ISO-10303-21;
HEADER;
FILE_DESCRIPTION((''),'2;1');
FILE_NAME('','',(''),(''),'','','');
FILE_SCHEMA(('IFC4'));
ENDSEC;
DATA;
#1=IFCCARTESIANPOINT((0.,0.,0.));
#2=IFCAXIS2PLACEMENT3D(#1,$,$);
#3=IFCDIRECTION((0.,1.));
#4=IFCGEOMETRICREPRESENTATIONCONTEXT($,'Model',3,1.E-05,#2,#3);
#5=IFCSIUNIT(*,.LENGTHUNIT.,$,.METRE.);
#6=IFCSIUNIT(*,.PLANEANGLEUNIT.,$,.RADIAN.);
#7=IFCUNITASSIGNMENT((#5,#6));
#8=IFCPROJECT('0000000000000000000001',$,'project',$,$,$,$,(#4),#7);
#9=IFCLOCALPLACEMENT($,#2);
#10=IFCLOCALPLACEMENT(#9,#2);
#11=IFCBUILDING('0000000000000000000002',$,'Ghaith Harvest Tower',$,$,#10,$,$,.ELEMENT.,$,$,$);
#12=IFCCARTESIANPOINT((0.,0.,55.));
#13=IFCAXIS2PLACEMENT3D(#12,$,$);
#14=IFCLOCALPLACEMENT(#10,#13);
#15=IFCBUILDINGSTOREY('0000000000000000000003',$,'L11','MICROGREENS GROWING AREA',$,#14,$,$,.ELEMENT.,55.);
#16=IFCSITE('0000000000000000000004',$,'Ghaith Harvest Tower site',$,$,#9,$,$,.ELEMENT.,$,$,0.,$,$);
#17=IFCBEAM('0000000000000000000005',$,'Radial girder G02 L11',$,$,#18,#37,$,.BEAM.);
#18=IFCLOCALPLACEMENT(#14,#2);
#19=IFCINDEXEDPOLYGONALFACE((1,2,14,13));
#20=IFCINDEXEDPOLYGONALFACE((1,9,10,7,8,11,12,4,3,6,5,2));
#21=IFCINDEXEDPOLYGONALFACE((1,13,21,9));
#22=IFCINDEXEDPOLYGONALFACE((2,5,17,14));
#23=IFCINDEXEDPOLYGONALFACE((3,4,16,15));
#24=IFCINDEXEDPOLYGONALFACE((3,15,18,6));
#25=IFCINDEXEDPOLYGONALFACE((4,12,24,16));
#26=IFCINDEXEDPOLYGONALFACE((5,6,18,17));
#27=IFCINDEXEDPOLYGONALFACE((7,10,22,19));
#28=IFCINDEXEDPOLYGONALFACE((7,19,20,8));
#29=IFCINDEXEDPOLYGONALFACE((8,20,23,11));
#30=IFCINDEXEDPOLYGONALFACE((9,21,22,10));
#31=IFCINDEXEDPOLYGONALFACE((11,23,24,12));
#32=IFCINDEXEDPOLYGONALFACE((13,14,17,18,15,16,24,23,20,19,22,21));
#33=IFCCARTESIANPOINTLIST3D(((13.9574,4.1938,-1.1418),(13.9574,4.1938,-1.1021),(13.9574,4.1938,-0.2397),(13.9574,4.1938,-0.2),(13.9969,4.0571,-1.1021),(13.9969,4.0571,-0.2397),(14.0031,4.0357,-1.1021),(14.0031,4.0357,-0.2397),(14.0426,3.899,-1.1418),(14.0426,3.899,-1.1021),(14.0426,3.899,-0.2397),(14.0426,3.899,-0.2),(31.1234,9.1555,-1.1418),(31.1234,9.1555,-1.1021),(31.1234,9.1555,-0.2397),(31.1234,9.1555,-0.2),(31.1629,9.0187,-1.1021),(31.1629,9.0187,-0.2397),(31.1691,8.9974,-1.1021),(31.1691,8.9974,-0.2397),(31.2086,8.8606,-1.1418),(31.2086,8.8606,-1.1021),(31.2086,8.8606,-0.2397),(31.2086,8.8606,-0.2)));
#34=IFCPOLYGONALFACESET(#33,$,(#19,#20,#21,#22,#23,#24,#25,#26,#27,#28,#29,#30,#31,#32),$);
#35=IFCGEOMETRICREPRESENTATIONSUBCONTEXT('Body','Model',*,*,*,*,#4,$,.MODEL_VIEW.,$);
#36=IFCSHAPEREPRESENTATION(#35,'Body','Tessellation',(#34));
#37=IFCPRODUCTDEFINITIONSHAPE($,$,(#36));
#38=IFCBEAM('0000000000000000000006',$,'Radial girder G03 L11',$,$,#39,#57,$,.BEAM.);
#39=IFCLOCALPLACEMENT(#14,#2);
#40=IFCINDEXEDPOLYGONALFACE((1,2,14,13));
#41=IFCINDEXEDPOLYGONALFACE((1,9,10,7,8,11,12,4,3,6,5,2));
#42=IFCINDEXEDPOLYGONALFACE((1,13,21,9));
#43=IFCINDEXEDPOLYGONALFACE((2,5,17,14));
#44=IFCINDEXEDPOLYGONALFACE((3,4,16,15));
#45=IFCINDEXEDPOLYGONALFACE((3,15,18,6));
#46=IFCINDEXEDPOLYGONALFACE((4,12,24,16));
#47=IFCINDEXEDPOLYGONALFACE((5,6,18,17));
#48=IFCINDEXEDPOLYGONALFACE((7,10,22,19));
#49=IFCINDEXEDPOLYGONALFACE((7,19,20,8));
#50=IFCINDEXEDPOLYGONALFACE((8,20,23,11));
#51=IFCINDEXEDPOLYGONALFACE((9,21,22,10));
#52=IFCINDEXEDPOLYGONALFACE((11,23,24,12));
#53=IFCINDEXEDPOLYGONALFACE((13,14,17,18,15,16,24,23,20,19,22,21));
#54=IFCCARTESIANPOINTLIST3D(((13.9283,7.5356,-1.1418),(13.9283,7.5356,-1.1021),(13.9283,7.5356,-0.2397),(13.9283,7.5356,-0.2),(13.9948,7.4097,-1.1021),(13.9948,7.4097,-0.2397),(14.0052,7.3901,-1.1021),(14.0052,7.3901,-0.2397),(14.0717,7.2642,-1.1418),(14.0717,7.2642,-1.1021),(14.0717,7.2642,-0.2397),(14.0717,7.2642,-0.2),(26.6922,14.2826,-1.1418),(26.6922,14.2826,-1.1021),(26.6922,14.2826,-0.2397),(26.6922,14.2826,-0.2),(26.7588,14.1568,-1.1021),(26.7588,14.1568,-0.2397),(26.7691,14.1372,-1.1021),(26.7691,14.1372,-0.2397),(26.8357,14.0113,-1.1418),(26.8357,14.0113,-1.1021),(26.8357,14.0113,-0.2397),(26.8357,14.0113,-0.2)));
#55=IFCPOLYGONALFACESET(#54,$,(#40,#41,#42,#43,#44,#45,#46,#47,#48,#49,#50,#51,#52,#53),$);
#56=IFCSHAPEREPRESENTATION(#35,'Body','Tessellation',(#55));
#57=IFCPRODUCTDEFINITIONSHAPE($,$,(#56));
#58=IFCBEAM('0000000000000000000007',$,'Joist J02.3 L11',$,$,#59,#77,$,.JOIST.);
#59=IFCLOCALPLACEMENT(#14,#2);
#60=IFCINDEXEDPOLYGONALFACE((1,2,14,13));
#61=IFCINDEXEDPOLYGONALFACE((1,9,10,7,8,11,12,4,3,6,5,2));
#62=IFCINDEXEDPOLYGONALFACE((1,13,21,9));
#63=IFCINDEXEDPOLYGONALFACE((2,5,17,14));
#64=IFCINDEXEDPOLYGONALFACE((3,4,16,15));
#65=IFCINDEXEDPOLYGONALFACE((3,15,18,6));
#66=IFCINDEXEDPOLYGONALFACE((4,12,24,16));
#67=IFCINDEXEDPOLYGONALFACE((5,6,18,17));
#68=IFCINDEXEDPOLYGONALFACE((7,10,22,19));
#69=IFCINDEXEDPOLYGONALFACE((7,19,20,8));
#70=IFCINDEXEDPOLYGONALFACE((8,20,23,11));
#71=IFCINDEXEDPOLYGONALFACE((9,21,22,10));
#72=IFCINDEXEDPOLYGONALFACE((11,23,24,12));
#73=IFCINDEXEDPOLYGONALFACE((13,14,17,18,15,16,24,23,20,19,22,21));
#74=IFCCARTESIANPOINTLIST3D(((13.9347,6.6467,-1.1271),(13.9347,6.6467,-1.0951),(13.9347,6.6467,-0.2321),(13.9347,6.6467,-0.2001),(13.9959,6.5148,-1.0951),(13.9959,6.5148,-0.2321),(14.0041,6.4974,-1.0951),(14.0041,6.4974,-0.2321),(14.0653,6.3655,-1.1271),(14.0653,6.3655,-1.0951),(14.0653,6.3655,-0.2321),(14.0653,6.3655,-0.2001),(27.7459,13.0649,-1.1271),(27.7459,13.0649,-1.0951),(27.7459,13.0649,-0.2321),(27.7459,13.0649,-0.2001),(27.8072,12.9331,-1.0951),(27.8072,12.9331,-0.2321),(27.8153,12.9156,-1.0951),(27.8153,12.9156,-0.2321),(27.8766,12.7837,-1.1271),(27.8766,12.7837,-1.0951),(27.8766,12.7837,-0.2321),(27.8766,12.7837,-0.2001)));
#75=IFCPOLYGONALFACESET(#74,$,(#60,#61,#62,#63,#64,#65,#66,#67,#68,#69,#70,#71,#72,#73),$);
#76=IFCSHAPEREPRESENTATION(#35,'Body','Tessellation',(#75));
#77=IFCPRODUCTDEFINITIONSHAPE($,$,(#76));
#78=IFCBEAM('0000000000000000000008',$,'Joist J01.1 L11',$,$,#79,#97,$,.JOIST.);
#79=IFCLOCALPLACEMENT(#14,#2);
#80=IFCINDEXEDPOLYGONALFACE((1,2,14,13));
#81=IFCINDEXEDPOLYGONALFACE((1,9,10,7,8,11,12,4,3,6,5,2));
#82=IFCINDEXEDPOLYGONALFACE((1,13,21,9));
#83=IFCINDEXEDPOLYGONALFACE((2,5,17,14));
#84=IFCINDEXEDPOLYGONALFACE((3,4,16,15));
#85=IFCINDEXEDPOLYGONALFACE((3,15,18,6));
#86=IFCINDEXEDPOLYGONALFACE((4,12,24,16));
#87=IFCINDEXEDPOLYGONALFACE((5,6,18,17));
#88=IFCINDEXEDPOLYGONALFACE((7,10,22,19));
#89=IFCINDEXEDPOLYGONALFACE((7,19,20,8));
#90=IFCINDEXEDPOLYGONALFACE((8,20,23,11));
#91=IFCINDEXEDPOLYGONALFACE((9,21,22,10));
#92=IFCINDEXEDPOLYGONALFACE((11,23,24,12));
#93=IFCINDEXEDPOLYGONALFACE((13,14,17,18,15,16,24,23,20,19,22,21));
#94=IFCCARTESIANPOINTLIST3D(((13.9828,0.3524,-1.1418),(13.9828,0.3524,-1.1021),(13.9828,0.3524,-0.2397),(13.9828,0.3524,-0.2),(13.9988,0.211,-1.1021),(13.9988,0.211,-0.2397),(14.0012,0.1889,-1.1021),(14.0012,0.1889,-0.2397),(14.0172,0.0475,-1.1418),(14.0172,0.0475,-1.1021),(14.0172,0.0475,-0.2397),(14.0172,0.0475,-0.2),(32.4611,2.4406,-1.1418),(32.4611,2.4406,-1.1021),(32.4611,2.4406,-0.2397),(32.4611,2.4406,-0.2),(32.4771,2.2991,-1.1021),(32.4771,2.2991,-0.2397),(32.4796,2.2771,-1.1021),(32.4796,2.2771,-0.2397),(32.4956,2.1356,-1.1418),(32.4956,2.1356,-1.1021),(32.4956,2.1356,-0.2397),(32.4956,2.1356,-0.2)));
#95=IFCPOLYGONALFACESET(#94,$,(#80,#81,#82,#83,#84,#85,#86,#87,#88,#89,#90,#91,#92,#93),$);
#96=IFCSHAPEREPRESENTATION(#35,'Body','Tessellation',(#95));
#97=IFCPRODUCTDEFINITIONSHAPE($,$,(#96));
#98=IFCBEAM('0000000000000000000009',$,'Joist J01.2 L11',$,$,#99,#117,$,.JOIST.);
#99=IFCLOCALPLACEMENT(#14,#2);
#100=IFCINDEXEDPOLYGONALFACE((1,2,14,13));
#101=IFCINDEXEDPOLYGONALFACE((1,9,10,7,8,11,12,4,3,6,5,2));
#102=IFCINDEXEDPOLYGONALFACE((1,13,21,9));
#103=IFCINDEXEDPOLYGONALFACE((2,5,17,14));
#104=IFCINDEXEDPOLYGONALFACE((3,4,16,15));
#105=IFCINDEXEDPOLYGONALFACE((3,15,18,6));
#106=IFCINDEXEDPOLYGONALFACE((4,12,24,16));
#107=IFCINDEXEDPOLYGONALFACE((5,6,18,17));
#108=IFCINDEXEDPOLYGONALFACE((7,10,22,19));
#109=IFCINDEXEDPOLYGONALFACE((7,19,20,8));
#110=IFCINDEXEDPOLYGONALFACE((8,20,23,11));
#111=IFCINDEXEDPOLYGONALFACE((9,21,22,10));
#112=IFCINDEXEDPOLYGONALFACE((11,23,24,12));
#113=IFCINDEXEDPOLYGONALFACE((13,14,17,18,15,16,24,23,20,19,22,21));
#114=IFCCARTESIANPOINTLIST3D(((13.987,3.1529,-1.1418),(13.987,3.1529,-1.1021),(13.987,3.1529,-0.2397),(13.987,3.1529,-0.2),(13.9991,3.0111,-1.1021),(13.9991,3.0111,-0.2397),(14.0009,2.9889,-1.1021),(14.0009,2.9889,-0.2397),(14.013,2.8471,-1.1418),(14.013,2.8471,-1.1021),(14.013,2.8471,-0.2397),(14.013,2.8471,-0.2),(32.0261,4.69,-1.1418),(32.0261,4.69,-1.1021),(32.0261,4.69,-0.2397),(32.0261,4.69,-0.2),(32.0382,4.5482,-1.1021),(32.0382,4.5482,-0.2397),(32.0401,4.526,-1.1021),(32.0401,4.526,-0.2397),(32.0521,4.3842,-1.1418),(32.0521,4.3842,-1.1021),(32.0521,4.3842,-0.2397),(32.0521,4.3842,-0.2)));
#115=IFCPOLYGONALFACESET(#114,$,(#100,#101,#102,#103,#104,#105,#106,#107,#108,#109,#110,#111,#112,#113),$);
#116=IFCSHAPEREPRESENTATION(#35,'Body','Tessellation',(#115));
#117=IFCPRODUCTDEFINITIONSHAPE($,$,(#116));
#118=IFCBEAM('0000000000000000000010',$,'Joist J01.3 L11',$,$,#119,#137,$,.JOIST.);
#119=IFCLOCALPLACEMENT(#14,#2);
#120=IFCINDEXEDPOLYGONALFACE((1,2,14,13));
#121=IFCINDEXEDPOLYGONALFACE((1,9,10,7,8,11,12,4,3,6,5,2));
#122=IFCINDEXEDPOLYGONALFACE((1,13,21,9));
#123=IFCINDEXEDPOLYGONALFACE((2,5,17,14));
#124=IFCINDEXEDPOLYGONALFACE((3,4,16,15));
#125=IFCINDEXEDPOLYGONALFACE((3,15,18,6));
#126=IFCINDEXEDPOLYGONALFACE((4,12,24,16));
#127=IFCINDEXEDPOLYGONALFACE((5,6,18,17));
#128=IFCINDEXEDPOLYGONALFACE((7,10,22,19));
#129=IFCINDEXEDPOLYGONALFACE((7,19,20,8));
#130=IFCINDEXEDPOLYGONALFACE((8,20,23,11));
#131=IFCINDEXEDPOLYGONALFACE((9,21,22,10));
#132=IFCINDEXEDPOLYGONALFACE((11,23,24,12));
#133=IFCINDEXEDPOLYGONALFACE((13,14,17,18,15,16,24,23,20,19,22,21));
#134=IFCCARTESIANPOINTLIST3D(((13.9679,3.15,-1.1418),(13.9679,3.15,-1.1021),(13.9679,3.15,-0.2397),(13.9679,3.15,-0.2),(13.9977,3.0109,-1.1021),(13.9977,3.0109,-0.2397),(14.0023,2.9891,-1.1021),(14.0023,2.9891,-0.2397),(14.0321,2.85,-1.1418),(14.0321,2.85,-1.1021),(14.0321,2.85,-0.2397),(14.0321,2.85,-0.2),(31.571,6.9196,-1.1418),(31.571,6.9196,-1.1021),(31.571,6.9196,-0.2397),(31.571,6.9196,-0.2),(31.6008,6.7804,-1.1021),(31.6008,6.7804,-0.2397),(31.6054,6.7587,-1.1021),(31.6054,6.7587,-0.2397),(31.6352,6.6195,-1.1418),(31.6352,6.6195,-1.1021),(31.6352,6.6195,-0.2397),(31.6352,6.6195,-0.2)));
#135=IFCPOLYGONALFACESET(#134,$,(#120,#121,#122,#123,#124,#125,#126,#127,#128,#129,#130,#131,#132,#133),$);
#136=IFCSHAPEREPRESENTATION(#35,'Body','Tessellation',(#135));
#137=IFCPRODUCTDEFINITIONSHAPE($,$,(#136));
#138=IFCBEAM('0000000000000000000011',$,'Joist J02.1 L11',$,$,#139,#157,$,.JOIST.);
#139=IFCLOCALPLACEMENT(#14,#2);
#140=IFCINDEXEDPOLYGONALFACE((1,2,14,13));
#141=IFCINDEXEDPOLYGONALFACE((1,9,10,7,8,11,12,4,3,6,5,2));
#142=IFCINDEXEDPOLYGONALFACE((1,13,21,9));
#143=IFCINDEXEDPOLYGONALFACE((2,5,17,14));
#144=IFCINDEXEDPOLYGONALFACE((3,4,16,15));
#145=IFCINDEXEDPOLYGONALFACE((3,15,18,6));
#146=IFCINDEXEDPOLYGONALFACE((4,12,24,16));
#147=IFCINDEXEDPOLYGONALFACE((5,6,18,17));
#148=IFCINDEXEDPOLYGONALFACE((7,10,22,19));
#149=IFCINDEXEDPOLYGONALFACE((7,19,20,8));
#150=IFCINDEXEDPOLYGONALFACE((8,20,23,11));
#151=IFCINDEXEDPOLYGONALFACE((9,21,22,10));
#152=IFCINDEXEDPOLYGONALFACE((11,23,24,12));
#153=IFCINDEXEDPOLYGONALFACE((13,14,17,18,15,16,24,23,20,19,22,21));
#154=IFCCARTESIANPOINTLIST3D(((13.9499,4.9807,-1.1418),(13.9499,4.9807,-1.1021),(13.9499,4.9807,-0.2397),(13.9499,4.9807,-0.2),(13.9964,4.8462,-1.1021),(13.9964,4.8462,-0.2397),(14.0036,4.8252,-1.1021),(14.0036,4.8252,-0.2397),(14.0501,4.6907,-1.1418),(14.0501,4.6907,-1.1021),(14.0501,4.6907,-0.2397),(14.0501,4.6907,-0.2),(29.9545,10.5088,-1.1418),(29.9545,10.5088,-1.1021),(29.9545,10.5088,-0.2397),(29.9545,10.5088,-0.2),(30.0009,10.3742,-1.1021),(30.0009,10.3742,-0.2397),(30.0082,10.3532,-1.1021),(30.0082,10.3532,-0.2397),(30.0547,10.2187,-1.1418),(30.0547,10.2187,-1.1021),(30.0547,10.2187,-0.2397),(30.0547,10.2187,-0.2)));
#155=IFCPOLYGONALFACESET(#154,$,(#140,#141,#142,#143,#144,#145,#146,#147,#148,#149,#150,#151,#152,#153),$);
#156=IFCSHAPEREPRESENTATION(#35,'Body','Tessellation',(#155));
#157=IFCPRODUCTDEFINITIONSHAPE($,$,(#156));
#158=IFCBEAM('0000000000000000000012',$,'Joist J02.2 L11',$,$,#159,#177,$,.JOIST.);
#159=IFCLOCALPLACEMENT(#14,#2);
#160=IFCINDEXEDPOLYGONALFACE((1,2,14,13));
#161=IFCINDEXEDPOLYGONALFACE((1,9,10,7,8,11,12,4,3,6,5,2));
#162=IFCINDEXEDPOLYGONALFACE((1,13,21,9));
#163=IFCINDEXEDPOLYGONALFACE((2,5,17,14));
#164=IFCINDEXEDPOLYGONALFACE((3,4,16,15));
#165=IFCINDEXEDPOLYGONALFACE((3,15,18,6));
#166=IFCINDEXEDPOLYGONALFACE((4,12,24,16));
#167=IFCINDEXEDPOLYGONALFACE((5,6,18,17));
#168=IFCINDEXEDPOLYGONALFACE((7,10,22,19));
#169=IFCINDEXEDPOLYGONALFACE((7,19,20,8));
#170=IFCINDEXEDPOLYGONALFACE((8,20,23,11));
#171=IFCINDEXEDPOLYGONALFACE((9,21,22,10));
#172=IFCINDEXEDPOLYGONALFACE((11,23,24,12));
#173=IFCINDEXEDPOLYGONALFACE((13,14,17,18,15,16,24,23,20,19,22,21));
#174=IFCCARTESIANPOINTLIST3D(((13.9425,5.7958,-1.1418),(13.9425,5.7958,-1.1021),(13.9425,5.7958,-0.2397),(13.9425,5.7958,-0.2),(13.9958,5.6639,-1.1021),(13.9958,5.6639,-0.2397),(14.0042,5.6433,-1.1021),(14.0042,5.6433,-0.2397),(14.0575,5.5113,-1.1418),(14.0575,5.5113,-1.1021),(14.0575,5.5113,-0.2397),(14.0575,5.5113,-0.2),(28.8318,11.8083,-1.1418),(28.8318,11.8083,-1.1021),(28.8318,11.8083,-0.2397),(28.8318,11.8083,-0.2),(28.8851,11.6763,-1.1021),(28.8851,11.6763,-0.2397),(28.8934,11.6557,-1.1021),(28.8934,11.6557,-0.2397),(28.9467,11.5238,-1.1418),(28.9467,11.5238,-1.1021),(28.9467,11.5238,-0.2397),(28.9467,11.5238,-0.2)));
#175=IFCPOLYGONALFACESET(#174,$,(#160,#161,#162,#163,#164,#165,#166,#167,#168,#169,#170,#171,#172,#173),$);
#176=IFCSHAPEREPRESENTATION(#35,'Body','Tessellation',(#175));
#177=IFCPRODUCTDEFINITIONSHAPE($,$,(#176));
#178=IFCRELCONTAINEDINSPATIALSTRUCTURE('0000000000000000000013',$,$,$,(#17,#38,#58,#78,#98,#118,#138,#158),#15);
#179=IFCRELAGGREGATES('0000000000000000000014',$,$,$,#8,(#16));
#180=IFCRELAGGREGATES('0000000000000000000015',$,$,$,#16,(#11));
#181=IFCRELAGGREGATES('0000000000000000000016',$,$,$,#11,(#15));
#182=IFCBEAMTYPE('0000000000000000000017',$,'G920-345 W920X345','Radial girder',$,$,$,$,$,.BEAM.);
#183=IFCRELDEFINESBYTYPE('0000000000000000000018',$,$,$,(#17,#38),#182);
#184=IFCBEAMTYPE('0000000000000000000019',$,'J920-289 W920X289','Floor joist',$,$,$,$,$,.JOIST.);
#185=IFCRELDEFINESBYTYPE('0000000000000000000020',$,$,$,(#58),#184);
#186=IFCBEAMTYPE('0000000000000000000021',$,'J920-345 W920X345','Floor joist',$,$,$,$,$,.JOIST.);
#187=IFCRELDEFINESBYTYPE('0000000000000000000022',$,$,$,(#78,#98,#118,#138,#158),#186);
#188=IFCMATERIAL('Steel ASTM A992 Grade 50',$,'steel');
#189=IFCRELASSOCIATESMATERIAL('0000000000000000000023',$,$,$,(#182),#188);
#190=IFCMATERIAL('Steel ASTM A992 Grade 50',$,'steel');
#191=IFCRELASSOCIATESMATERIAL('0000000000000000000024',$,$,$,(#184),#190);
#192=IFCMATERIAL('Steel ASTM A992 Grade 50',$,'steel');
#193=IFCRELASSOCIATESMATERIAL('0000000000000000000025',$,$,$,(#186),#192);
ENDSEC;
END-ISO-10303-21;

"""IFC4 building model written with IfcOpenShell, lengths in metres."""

from ifc_helpers import new_model, si_unit, direction, frame, origin, origin_2d, place, context, subcontext, project, spatial, i_section, extrude, material, material_profile, profile_set, type_object, element, save


model = new_model("IFC4")

# Units and contexts
model_context = context("Model", 3, precision=1e-05, world=origin(), true_north=direction((0.0, 1.0)))
body_context = subcontext(model_context, "Body", "Model", "MODEL_VIEW")
ifc_project = project(units=[si_unit("LENGTHUNIT", "METRE"), si_unit("PLANEANGLEUNIT", "RADIAN")], contexts=[model_context])

# Site, building, storey
site_placement = place(None, origin())
site = spatial("IfcSite", under=ifc_project, at=site_placement, Name="Ghaith Harvest Tower site", CompositionType="ELEMENT", RefElevation=0.0)
building_placement = place(site_placement, origin())
building = spatial("IfcBuilding", under=site, at=building_placement, Name="Ghaith Harvest Tower", CompositionType="ELEMENT")
storey_placement = place(building_placement, frame((0.0, 0.0, 55.0)))
storey = spatial("IfcBuildingStorey", under=building, at=storey_placement, Name="L11", Description="MICROGREENS GROWING AREA", CompositionType="ELEMENT", Elevation=55.0)

# Beams
ifc_material_1 = material(Name="Steel ASTM A992 Grade 50", Category="steel")
ifc_material_profile_1 = material_profile(ifc_material_1, i_section(OverallWidth=0.3069, OverallDepth=0.9419, WebThickness=0.0222, FlangeThickness=0.0398, at=origin_2d()), Name="W920X345")
ifc_profile_set_1 = profile_set([ifc_material_profile_1], Name="Steel ASTM A992 Grade 50")
beam_type_1 = type_object("IfcBeamType", Name="G920-345 W920X345", Description="Radial girder", PredefinedType="BEAM", material=ifc_profile_set_1)
beam_1_placement = place(storey_placement, frame((14.0, 4.0464, -0.6709), z_axis=(0.960675, 0.277674, 0.0), x_axis=(-0.277674, 0.960675, 0.0)))
element("IfcBeam", 1, at=beam_1_placement, inside=storey, type_object=beam_type_1, Name="Radial girder G02 L11", PredefinedType="BEAM", context=body_context, shape_type="SweptSolid", body=[
    extrude(i_section(OverallWidth=0.3069, OverallDepth=0.9419, WebThickness=0.0222, FlangeThickness=0.0398, at=origin_2d()), origin(), (0.0, 0.0, 1.0), 17.8687),
])
beam_2_placement = place(storey_placement, frame((14.0, 7.3999, -0.6709), z_axis=(0.884083, 0.467331, 0.0), x_axis=(-0.467331, 0.884083, 0.0)))
element("IfcBeam", 2, at=beam_2_placement, inside=storey, type_object=beam_type_1, Name="Radial girder G03 L11", PredefinedType="BEAM", context=body_context, shape_type="SweptSolid", body=[
    extrude(i_section(OverallWidth=0.3069, OverallDepth=0.9419, WebThickness=0.0222, FlangeThickness=0.0398, at=origin_2d()), origin(), (0.0, 0.0, 1.0), 14.4375),
])
ifc_material_2 = material(Name="Steel ASTM A992 Grade 50", Category="steel")
ifc_material_profile_2 = material_profile(ifc_material_2, i_section(OverallWidth=0.3101, OverallDepth=0.927, WebThickness=0.0193, FlangeThickness=0.032, at=origin_2d()), Name="W920X289")
ifc_profile_set_2 = profile_set([ifc_material_profile_2], Name="Steel ASTM A992 Grade 50")
beam_type_2 = type_object("IfcBeamType", Name="J920-289 W920X289", Description="Floor joist", PredefinedType="JOIST", material=ifc_profile_set_2)
beam_3_placement = place(storey_placement, frame((14.0, 6.5061, -0.6636), z_axis=(0.906863, 0.421426, 0.0), x_axis=(-0.421426, 0.906863, 0.0)))
element("IfcBeam", 3, at=beam_3_placement, inside=storey, type_object=beam_type_2, Name="Joist J02.3 L11", PredefinedType="JOIST", context=body_context, shape_type="SweptSolid", body=[
    extrude(i_section(OverallWidth=0.3101, OverallDepth=0.927, WebThickness=0.0193, FlangeThickness=0.032, at=origin_2d()), origin(), (0.0, 0.0, 1.0), 15.2297),
])
ifc_material_3 = material(Name="Steel ASTM A992 Grade 50", Category="steel")
ifc_material_profile_3 = material_profile(ifc_material_3, i_section(OverallWidth=0.3069, OverallDepth=0.9419, WebThickness=0.0222, FlangeThickness=0.0398, at=origin_2d()), Name="W920X345")
ifc_profile_set_3 = profile_set([ifc_material_profile_3], Name="Steel ASTM A992 Grade 50")
beam_type_3 = type_object("IfcBeamType", Name="J920-345 W920X345", Description="Floor joist", PredefinedType="JOIST", material=ifc_profile_set_3)
beam_4_placement = place(storey_placement, frame((14.0, 0.2, -0.6709), z_axis=(0.993675, 0.11229, 0.0), x_axis=(-0.11229, 0.993675, 0.0)))
element("IfcBeam", 4, at=beam_4_placement, inside=storey, type_object=beam_type_3, Name="Joist J01.1 L11", PredefinedType="JOIST", context=body_context, shape_type="SweptSolid", body=[
    extrude(i_section(OverallWidth=0.3069, OverallDepth=0.9419, WebThickness=0.0222, FlangeThickness=0.0398, at=origin_2d()), origin(), (0.0, 0.0, 1.0), 18.5959),
])
beam_5_placement = place(storey_placement, frame((14.0, 3.0, -0.6709), z_axis=(0.996389, 0.084902, 0.0), x_axis=(-0.084902, 0.996389, 0.0)))
element("IfcBeam", 5, at=beam_5_placement, inside=storey, type_object=beam_type_3, Name="Joist J01.2 L11", PredefinedType="JOIST", context=body_context, shape_type="SweptSolid", body=[
    extrude(i_section(OverallWidth=0.3069, OverallDepth=0.9419, WebThickness=0.0222, FlangeThickness=0.0398, at=origin_2d()), origin(), (0.0, 0.0, 1.0), 18.1045),
])
beam_6_placement = place(storey_placement, frame((14.0, 3.0, -0.6709), z_axis=(0.977831, 0.209394, 0.0), x_axis=(-0.209394, 0.977831, 0.0)))
element("IfcBeam", 6, at=beam_6_placement, inside=storey, type_object=beam_type_3, Name="Joist J01.3 L11", PredefinedType="JOIST", context=body_context, shape_type="SweptSolid", body=[
    extrude(i_section(OverallWidth=0.3069, OverallDepth=0.9419, WebThickness=0.0222, FlangeThickness=0.0398, at=origin_2d()), origin(), (0.0, 0.0, 1.0), 18.0022),
])
beam_7_placement = place(storey_placement, frame((14.0, 4.8357, -0.6709), z_axis=(0.945205, 0.326478, 0.0), x_axis=(-0.326478, 0.945205, 0.0)))
element("IfcBeam", 7, at=beam_7_placement, inside=storey, type_object=beam_type_3, Name="Joist J02.1 L11", PredefinedType="JOIST", context=body_context, shape_type="SweptSolid", body=[
    extrude(i_section(OverallWidth=0.3069, OverallDepth=0.9419, WebThickness=0.0222, FlangeThickness=0.0398, at=origin_2d()), origin(), (0.0, 0.0, 1.0), 16.9324),
])
beam_8_placement = place(storey_placement, frame((14.0, 5.6536, -0.6709), z_axis=(0.927252, 0.374437, 0.0), x_axis=(-0.374437, 0.927252, 0.0)))
element("IfcBeam", 8, at=beam_8_placement, inside=storey, type_object=beam_type_3, Name="Joist J02.2 L11", PredefinedType="JOIST", context=body_context, shape_type="SweptSolid", body=[
    extrude(i_section(OverallWidth=0.3069, OverallDepth=0.9419, WebThickness=0.0222, FlangeThickness=0.0398, at=origin_2d()), origin(), (0.0, 0.0, 1.0), 16.0574),
])

save(model, "model.ifc")
